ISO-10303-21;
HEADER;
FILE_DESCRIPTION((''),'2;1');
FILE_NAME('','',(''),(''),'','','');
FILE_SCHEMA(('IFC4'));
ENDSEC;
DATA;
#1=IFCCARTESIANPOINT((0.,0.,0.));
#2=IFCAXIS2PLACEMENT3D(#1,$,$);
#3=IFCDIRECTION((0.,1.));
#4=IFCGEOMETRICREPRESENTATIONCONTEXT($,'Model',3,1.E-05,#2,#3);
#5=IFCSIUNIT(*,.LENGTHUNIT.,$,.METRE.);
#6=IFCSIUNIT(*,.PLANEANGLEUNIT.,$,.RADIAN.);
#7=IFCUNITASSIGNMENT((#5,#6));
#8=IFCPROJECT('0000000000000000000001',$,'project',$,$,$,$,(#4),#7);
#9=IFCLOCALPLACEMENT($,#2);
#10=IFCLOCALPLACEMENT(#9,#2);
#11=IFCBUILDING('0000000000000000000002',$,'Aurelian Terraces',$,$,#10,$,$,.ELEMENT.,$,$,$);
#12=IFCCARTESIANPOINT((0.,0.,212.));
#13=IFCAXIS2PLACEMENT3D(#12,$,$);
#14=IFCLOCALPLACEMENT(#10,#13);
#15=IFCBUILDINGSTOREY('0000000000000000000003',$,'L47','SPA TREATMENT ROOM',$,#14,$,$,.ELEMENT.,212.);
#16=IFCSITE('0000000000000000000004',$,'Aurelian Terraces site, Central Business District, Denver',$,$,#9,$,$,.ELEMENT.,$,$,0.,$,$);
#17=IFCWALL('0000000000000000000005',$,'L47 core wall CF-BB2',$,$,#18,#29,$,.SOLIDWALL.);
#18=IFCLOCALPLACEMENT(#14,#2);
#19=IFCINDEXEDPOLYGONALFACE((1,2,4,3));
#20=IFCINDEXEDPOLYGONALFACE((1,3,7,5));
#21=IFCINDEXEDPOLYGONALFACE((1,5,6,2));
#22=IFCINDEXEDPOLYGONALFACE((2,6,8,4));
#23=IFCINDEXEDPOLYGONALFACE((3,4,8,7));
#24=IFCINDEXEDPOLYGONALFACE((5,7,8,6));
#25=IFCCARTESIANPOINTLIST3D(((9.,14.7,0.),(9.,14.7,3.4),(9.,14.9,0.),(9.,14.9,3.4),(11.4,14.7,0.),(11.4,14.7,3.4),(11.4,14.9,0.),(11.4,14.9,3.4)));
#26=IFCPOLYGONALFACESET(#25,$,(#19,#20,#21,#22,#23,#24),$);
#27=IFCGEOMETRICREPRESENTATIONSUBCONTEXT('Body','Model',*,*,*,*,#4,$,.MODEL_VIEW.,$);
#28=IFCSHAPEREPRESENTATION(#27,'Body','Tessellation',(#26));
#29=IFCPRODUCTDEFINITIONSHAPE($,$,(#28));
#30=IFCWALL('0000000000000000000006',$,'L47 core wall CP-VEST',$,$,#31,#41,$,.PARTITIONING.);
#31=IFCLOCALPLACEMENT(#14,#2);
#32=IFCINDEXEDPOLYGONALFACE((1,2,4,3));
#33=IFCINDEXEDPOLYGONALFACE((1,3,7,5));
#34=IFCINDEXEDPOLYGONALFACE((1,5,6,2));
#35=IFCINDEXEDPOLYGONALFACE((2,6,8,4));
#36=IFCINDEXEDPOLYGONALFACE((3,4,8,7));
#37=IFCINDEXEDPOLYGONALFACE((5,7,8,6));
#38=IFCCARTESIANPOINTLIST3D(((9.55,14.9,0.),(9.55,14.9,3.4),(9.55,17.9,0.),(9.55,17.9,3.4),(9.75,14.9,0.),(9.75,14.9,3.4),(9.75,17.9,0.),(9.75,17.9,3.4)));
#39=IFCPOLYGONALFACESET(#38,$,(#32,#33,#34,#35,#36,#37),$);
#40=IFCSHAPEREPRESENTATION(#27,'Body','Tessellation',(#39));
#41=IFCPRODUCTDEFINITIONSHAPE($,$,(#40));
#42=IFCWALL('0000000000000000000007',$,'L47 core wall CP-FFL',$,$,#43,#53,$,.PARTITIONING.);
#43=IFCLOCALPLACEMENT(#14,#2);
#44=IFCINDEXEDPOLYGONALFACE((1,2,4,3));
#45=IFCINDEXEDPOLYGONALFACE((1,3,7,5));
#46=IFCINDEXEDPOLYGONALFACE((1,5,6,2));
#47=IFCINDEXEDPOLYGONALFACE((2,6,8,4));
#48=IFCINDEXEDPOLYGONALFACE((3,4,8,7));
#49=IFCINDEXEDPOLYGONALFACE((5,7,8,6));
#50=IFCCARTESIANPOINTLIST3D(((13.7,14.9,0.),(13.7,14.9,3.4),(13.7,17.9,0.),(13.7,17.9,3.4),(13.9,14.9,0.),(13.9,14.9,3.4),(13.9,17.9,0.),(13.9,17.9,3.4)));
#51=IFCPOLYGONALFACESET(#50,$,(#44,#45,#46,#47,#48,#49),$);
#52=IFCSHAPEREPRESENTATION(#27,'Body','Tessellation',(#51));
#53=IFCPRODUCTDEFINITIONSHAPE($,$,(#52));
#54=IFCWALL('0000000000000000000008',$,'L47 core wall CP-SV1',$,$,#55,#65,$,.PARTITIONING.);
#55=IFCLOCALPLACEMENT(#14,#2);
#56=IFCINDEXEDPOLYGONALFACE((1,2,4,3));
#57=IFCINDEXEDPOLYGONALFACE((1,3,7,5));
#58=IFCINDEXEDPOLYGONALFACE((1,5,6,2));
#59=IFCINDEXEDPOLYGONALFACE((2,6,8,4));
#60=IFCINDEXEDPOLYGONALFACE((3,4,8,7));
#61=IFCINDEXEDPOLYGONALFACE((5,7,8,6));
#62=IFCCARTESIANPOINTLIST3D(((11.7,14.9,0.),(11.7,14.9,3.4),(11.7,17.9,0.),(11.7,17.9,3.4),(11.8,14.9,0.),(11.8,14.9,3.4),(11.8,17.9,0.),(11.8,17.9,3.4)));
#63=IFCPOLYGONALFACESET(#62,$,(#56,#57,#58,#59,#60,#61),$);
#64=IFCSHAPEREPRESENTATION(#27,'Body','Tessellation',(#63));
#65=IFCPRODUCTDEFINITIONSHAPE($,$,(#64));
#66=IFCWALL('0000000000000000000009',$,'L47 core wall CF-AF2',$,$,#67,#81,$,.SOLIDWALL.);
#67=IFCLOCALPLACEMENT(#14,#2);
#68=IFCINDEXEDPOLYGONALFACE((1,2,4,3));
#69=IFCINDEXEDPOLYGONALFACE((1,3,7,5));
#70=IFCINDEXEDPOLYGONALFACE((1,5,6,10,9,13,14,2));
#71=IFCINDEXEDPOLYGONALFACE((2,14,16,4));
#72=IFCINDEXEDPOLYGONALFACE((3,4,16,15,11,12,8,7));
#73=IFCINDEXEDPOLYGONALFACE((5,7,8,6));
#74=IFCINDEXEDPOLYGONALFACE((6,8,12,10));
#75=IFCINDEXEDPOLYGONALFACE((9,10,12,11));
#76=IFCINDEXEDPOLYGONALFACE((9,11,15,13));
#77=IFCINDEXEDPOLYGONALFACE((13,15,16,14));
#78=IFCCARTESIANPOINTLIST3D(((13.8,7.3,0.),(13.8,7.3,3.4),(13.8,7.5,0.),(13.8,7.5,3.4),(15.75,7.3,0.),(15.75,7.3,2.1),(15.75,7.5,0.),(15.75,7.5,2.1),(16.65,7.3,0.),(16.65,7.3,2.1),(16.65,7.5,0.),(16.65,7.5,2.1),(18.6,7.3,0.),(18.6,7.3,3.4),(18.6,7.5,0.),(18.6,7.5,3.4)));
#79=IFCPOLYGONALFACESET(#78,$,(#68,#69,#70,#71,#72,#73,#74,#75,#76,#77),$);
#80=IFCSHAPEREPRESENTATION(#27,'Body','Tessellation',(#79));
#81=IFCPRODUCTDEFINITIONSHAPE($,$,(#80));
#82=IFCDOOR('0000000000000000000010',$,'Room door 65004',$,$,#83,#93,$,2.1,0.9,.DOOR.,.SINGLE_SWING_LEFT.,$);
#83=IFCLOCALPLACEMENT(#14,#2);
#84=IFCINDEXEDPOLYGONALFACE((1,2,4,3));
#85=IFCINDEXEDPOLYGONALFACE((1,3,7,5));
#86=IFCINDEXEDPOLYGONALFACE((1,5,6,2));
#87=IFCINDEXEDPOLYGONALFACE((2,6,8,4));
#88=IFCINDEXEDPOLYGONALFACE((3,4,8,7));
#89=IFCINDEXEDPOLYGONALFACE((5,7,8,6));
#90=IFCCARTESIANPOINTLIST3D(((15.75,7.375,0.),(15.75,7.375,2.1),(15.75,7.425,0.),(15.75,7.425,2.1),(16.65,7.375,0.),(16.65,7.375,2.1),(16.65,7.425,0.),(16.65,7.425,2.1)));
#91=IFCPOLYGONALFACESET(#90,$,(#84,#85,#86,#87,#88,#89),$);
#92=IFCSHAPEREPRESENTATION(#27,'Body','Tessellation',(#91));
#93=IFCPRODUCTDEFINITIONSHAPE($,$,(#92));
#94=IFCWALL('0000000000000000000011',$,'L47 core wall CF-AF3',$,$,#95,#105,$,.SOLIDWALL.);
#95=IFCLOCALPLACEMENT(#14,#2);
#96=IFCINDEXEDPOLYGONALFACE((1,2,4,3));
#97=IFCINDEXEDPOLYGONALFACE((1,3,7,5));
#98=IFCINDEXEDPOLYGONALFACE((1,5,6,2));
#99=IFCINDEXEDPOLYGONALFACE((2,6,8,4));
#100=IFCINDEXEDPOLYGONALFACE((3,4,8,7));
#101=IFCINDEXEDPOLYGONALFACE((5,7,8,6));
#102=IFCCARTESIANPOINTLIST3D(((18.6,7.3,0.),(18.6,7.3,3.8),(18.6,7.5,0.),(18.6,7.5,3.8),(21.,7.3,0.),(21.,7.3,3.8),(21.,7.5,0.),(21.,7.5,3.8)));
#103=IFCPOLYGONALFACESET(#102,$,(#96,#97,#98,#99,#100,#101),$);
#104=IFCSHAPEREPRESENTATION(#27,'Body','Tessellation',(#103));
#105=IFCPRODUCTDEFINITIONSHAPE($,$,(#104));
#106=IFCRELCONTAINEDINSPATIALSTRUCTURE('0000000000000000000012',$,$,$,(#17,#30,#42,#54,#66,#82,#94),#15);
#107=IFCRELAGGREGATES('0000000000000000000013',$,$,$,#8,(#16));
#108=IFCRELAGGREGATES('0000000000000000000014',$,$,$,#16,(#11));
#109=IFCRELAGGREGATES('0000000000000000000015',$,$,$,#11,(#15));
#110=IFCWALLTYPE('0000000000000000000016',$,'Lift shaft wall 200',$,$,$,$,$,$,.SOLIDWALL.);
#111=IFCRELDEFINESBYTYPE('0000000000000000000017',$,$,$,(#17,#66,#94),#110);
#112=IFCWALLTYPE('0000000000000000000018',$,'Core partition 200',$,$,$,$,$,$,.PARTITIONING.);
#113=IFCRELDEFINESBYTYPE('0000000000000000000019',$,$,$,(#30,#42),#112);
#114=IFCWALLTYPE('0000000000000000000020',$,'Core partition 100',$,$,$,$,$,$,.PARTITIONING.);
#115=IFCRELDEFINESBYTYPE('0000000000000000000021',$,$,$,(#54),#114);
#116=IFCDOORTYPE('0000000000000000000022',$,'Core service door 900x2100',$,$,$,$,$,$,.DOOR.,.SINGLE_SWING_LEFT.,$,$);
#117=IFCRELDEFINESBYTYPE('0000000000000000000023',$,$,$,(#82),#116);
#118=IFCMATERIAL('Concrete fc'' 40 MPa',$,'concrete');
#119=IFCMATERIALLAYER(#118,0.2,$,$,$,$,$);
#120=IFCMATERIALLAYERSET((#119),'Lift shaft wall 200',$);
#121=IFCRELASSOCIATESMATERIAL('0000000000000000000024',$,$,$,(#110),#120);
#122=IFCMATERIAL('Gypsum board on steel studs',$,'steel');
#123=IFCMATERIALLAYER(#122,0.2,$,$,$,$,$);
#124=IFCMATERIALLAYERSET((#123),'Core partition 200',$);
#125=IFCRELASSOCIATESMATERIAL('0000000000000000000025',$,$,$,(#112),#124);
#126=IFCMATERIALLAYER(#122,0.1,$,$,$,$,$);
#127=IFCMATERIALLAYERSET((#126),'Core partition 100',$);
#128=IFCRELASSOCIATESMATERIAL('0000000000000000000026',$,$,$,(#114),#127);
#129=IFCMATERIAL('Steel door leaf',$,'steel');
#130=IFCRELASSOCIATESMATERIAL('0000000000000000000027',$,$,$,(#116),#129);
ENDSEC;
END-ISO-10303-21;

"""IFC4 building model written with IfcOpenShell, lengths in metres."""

from ifc_helpers import new_model, si_unit, direction, frame, frame_2d, origin, place, context, subcontext, project, spatial, rectangle, extrude, source, transform, mapped, material, layer, layer_set, type_object, element, fill, save


model = new_model("IFC4")

# Units and contexts
model_context = context("Model", 3, precision=1e-05, world=origin(), true_north=direction((0.0, 1.0)))
body_context = subcontext(model_context, "Body", "Model", "MODEL_VIEW")
ifc_project = project(units=[si_unit("LENGTHUNIT", "METRE"), si_unit("PLANEANGLEUNIT", "RADIAN")], contexts=[model_context])

# Site, building, storey
site_placement = place(None, origin())
site = spatial("IfcSite", under=ifc_project, at=site_placement, Name="Aurelian Terraces site, Central Business District, Denver", CompositionType="ELEMENT", RefElevation=0.0)
building_placement = place(site_placement, origin())
building = spatial("IfcBuilding", under=site, at=building_placement, Name="Aurelian Terraces", CompositionType="ELEMENT")
storey_placement = place(building_placement, frame((0.0, 0.0, 212.0)))
storey = spatial("IfcBuildingStorey", under=building, at=storey_placement, Name="L47", Description="SPA TREATMENT ROOM", CompositionType="ELEMENT", Elevation=212.0)

# Shared definitions
ifc_material_1 = material(Name="Concrete fc' 40 MPa", Category="concrete")
ifc_layer_1 = layer(ifc_material_1, 0.2)
ifc_layer_set_1 = layer_set([ifc_layer_1], Name="Lift shaft wall 200")
wall_type_1 = type_object("IfcWallType", Name="Lift shaft wall 200", PredefinedType="SOLIDWALL", material=ifc_layer_set_1)

# Shared definitions
shared_shape_1 = source(origin(), body_context, "Body", "SweptSolid", [
    extrude(rectangle(XDim=2.4, YDim=0.2, at=frame_2d((1.2, 0.0))), origin(), (0.0, 0.0, 1.0), 3.4),
])
shared_shape_2 = source(origin(), body_context, "Body", "SweptSolid", [
    extrude(rectangle(XDim=0.9, YDim=2.1, at=frame_2d((0.45, 1.05))), frame((0.0, 0.11, 0.0), z_axis=(0.0, -1.0, 0.0), x_axis=(1.0, 0.0, 0.0)), (0.0, 0.0, 1.0), 0.22),
])
ifc_material_2 = material(Name="Steel door leaf", Category="steel")
shared_shape_3 = source(origin(), body_context, "Body", "SweptSolid", [
    extrude(rectangle(XDim=0.9, YDim=2.1, at=frame_2d((0.45, 1.05))), frame((0.0, 0.025, 0.0), z_axis=(0.0, -1.0, 0.0), x_axis=(1.0, 0.0, 0.0)), (0.0, 0.0, 1.0), 0.05),
])

# Walls
wall_1_placement = place(storey_placement, frame((9.0, 14.8, 0.0), z_axis=(0.0, 0.0, 1.0), x_axis=(1.0, 0.0, 0.0)))
element("IfcWall", 1, at=wall_1_placement, inside=storey, type_object=wall_type_1, Name="L47 core wall CF-BB2", PredefinedType="SOLIDWALL", context=body_context, shape_type="MappedRepresentation", body=[
    mapped(shared_shape_1, transform((0.0, 0.0, 0.0), scale=1.0)),
])
ifc_material_3 = material(Name="Gypsum board on steel studs", Category="steel")
ifc_layer_2 = layer(ifc_material_3, 0.2)
ifc_layer_set_2 = layer_set([ifc_layer_2], Name="Core partition 200")
wall_type_2 = type_object("IfcWallType", Name="Core partition 200", PredefinedType="PARTITIONING", material=ifc_layer_set_2)
shared_shape_4 = source(origin(), body_context, "Body", "SweptSolid", [
    extrude(rectangle(XDim=3.0, YDim=0.2, at=frame_2d((1.5, 0.0))), origin(), (0.0, 0.0, 1.0), 3.4),
])
for number, where, z_axis, x_axis, name in (
    (2, (9.65, 14.9, 0.0), (0.0, 0.0, 1.0), (0.0, 1.0, 0.0), "L47 core wall CP-VEST"),
    (3, (13.8, 14.9, 0.0), (0.0, 0.0, 1.0), (0.0, 1.0, 0.0), "L47 core wall CP-FFL"),
):
    element("IfcWall", number, at=place(storey_placement, frame(where, z_axis=z_axis, x_axis=x_axis)), inside=storey, type_object=wall_type_2, Name=name, PredefinedType="PARTITIONING", context=body_context, shape_type="MappedRepresentation", body=[
        mapped(shared_shape_4, transform((0.0, 0.0, 0.0), scale=1.0)),
    ])
ifc_layer_3 = layer(ifc_material_3, 0.1)
ifc_layer_set_3 = layer_set([ifc_layer_3], Name="Core partition 100")
wall_type_3 = type_object("IfcWallType", Name="Core partition 100", PredefinedType="PARTITIONING", material=ifc_layer_set_3)
shared_shape_5 = source(origin(), body_context, "Body", "SweptSolid", [
    extrude(rectangle(XDim=3.0, YDim=0.1, at=frame_2d((1.5, 0.0))), origin(), (0.0, 0.0, 1.0), 3.4),
])
wall_2_placement = place(storey_placement, frame((11.75, 14.9, 0.0), z_axis=(0.0, 0.0, 1.0), x_axis=(0.0, 1.0, 0.0)))
element("IfcWall", 4, at=wall_2_placement, inside=storey, type_object=wall_type_3, Name="L47 core wall CP-SV1", PredefinedType="PARTITIONING", context=body_context, shape_type="MappedRepresentation", body=[
    mapped(shared_shape_5, transform((0.0, 0.0, 0.0), scale=1.0)),
])

# Wall, opening, door
shared_shape_6 = source(origin(), body_context, "Body", "SweptSolid", [
    extrude(rectangle(XDim=4.8, YDim=0.2, at=frame_2d((2.4, 0.0))), origin(), (0.0, 0.0, 1.0), 3.4),
])
wall_3_placement = place(storey_placement, frame((13.8, 7.4, 0.0), z_axis=(0.0, 0.0, 1.0), x_axis=(1.0, 0.0, 0.0)))
wall_3 = element("IfcWall", 5, at=wall_3_placement, inside=storey, type_object=wall_type_1, Name="L47 core wall CF-AF2", PredefinedType="SOLIDWALL", context=body_context, shape_type="MappedRepresentation", body=[
    mapped(shared_shape_6, transform((0.0, 0.0, 0.0), scale=1.0)),
])
opening_1_placement = place(wall_3_placement, frame((1.95, 0.0, 0.0)))
opening_1 = element("IfcOpeningElement", 6, at=opening_1_placement, cuts=wall_3, PredefinedType="OPENING", context=body_context, shape_type="MappedRepresentation", body=[
    mapped(shared_shape_2, transform((0.0, 0.0, 0.0), scale=1.0)),
])
door_type_1 = type_object("IfcDoorType", Name="Core service door 900x2100", OperationType="SINGLE_SWING_LEFT", PredefinedType="DOOR", material=ifc_material_2)
door_1_placement = place(opening_1_placement, origin())
door_1 = element("IfcDoor", 7, at=door_1_placement, inside=storey, type_object=door_type_1, Name="Room door 65004", OperationType="SINGLE_SWING_LEFT", OverallHeight=2.1, OverallWidth=0.9, PredefinedType="DOOR", context=body_context, shape_type="MappedRepresentation", body=[
    mapped(shared_shape_3, transform((0.0, 0.0, 0.0), scale=1.0)),
])
fill(opening_1, door_1)

# Wall
shared_shape_7 = source(origin(), body_context, "Body", "SweptSolid", [
    extrude(rectangle(XDim=2.4, YDim=0.2, at=frame_2d((1.2, 0.0))), origin(), (0.0, 0.0, 1.0), 3.8),
])
wall_4_placement = place(storey_placement, frame((18.6, 7.4, 0.0), z_axis=(0.0, 0.0, 1.0), x_axis=(1.0, 0.0, 0.0)))
element("IfcWall", 8, at=wall_4_placement, inside=storey, type_object=wall_type_1, Name="L47 core wall CF-AF3", PredefinedType="SOLIDWALL", context=body_context, shape_type="MappedRepresentation", body=[
    mapped(shared_shape_7, transform((0.0, 0.0, 0.0), scale=1.0)),
])

save(model, "model.ifc")
